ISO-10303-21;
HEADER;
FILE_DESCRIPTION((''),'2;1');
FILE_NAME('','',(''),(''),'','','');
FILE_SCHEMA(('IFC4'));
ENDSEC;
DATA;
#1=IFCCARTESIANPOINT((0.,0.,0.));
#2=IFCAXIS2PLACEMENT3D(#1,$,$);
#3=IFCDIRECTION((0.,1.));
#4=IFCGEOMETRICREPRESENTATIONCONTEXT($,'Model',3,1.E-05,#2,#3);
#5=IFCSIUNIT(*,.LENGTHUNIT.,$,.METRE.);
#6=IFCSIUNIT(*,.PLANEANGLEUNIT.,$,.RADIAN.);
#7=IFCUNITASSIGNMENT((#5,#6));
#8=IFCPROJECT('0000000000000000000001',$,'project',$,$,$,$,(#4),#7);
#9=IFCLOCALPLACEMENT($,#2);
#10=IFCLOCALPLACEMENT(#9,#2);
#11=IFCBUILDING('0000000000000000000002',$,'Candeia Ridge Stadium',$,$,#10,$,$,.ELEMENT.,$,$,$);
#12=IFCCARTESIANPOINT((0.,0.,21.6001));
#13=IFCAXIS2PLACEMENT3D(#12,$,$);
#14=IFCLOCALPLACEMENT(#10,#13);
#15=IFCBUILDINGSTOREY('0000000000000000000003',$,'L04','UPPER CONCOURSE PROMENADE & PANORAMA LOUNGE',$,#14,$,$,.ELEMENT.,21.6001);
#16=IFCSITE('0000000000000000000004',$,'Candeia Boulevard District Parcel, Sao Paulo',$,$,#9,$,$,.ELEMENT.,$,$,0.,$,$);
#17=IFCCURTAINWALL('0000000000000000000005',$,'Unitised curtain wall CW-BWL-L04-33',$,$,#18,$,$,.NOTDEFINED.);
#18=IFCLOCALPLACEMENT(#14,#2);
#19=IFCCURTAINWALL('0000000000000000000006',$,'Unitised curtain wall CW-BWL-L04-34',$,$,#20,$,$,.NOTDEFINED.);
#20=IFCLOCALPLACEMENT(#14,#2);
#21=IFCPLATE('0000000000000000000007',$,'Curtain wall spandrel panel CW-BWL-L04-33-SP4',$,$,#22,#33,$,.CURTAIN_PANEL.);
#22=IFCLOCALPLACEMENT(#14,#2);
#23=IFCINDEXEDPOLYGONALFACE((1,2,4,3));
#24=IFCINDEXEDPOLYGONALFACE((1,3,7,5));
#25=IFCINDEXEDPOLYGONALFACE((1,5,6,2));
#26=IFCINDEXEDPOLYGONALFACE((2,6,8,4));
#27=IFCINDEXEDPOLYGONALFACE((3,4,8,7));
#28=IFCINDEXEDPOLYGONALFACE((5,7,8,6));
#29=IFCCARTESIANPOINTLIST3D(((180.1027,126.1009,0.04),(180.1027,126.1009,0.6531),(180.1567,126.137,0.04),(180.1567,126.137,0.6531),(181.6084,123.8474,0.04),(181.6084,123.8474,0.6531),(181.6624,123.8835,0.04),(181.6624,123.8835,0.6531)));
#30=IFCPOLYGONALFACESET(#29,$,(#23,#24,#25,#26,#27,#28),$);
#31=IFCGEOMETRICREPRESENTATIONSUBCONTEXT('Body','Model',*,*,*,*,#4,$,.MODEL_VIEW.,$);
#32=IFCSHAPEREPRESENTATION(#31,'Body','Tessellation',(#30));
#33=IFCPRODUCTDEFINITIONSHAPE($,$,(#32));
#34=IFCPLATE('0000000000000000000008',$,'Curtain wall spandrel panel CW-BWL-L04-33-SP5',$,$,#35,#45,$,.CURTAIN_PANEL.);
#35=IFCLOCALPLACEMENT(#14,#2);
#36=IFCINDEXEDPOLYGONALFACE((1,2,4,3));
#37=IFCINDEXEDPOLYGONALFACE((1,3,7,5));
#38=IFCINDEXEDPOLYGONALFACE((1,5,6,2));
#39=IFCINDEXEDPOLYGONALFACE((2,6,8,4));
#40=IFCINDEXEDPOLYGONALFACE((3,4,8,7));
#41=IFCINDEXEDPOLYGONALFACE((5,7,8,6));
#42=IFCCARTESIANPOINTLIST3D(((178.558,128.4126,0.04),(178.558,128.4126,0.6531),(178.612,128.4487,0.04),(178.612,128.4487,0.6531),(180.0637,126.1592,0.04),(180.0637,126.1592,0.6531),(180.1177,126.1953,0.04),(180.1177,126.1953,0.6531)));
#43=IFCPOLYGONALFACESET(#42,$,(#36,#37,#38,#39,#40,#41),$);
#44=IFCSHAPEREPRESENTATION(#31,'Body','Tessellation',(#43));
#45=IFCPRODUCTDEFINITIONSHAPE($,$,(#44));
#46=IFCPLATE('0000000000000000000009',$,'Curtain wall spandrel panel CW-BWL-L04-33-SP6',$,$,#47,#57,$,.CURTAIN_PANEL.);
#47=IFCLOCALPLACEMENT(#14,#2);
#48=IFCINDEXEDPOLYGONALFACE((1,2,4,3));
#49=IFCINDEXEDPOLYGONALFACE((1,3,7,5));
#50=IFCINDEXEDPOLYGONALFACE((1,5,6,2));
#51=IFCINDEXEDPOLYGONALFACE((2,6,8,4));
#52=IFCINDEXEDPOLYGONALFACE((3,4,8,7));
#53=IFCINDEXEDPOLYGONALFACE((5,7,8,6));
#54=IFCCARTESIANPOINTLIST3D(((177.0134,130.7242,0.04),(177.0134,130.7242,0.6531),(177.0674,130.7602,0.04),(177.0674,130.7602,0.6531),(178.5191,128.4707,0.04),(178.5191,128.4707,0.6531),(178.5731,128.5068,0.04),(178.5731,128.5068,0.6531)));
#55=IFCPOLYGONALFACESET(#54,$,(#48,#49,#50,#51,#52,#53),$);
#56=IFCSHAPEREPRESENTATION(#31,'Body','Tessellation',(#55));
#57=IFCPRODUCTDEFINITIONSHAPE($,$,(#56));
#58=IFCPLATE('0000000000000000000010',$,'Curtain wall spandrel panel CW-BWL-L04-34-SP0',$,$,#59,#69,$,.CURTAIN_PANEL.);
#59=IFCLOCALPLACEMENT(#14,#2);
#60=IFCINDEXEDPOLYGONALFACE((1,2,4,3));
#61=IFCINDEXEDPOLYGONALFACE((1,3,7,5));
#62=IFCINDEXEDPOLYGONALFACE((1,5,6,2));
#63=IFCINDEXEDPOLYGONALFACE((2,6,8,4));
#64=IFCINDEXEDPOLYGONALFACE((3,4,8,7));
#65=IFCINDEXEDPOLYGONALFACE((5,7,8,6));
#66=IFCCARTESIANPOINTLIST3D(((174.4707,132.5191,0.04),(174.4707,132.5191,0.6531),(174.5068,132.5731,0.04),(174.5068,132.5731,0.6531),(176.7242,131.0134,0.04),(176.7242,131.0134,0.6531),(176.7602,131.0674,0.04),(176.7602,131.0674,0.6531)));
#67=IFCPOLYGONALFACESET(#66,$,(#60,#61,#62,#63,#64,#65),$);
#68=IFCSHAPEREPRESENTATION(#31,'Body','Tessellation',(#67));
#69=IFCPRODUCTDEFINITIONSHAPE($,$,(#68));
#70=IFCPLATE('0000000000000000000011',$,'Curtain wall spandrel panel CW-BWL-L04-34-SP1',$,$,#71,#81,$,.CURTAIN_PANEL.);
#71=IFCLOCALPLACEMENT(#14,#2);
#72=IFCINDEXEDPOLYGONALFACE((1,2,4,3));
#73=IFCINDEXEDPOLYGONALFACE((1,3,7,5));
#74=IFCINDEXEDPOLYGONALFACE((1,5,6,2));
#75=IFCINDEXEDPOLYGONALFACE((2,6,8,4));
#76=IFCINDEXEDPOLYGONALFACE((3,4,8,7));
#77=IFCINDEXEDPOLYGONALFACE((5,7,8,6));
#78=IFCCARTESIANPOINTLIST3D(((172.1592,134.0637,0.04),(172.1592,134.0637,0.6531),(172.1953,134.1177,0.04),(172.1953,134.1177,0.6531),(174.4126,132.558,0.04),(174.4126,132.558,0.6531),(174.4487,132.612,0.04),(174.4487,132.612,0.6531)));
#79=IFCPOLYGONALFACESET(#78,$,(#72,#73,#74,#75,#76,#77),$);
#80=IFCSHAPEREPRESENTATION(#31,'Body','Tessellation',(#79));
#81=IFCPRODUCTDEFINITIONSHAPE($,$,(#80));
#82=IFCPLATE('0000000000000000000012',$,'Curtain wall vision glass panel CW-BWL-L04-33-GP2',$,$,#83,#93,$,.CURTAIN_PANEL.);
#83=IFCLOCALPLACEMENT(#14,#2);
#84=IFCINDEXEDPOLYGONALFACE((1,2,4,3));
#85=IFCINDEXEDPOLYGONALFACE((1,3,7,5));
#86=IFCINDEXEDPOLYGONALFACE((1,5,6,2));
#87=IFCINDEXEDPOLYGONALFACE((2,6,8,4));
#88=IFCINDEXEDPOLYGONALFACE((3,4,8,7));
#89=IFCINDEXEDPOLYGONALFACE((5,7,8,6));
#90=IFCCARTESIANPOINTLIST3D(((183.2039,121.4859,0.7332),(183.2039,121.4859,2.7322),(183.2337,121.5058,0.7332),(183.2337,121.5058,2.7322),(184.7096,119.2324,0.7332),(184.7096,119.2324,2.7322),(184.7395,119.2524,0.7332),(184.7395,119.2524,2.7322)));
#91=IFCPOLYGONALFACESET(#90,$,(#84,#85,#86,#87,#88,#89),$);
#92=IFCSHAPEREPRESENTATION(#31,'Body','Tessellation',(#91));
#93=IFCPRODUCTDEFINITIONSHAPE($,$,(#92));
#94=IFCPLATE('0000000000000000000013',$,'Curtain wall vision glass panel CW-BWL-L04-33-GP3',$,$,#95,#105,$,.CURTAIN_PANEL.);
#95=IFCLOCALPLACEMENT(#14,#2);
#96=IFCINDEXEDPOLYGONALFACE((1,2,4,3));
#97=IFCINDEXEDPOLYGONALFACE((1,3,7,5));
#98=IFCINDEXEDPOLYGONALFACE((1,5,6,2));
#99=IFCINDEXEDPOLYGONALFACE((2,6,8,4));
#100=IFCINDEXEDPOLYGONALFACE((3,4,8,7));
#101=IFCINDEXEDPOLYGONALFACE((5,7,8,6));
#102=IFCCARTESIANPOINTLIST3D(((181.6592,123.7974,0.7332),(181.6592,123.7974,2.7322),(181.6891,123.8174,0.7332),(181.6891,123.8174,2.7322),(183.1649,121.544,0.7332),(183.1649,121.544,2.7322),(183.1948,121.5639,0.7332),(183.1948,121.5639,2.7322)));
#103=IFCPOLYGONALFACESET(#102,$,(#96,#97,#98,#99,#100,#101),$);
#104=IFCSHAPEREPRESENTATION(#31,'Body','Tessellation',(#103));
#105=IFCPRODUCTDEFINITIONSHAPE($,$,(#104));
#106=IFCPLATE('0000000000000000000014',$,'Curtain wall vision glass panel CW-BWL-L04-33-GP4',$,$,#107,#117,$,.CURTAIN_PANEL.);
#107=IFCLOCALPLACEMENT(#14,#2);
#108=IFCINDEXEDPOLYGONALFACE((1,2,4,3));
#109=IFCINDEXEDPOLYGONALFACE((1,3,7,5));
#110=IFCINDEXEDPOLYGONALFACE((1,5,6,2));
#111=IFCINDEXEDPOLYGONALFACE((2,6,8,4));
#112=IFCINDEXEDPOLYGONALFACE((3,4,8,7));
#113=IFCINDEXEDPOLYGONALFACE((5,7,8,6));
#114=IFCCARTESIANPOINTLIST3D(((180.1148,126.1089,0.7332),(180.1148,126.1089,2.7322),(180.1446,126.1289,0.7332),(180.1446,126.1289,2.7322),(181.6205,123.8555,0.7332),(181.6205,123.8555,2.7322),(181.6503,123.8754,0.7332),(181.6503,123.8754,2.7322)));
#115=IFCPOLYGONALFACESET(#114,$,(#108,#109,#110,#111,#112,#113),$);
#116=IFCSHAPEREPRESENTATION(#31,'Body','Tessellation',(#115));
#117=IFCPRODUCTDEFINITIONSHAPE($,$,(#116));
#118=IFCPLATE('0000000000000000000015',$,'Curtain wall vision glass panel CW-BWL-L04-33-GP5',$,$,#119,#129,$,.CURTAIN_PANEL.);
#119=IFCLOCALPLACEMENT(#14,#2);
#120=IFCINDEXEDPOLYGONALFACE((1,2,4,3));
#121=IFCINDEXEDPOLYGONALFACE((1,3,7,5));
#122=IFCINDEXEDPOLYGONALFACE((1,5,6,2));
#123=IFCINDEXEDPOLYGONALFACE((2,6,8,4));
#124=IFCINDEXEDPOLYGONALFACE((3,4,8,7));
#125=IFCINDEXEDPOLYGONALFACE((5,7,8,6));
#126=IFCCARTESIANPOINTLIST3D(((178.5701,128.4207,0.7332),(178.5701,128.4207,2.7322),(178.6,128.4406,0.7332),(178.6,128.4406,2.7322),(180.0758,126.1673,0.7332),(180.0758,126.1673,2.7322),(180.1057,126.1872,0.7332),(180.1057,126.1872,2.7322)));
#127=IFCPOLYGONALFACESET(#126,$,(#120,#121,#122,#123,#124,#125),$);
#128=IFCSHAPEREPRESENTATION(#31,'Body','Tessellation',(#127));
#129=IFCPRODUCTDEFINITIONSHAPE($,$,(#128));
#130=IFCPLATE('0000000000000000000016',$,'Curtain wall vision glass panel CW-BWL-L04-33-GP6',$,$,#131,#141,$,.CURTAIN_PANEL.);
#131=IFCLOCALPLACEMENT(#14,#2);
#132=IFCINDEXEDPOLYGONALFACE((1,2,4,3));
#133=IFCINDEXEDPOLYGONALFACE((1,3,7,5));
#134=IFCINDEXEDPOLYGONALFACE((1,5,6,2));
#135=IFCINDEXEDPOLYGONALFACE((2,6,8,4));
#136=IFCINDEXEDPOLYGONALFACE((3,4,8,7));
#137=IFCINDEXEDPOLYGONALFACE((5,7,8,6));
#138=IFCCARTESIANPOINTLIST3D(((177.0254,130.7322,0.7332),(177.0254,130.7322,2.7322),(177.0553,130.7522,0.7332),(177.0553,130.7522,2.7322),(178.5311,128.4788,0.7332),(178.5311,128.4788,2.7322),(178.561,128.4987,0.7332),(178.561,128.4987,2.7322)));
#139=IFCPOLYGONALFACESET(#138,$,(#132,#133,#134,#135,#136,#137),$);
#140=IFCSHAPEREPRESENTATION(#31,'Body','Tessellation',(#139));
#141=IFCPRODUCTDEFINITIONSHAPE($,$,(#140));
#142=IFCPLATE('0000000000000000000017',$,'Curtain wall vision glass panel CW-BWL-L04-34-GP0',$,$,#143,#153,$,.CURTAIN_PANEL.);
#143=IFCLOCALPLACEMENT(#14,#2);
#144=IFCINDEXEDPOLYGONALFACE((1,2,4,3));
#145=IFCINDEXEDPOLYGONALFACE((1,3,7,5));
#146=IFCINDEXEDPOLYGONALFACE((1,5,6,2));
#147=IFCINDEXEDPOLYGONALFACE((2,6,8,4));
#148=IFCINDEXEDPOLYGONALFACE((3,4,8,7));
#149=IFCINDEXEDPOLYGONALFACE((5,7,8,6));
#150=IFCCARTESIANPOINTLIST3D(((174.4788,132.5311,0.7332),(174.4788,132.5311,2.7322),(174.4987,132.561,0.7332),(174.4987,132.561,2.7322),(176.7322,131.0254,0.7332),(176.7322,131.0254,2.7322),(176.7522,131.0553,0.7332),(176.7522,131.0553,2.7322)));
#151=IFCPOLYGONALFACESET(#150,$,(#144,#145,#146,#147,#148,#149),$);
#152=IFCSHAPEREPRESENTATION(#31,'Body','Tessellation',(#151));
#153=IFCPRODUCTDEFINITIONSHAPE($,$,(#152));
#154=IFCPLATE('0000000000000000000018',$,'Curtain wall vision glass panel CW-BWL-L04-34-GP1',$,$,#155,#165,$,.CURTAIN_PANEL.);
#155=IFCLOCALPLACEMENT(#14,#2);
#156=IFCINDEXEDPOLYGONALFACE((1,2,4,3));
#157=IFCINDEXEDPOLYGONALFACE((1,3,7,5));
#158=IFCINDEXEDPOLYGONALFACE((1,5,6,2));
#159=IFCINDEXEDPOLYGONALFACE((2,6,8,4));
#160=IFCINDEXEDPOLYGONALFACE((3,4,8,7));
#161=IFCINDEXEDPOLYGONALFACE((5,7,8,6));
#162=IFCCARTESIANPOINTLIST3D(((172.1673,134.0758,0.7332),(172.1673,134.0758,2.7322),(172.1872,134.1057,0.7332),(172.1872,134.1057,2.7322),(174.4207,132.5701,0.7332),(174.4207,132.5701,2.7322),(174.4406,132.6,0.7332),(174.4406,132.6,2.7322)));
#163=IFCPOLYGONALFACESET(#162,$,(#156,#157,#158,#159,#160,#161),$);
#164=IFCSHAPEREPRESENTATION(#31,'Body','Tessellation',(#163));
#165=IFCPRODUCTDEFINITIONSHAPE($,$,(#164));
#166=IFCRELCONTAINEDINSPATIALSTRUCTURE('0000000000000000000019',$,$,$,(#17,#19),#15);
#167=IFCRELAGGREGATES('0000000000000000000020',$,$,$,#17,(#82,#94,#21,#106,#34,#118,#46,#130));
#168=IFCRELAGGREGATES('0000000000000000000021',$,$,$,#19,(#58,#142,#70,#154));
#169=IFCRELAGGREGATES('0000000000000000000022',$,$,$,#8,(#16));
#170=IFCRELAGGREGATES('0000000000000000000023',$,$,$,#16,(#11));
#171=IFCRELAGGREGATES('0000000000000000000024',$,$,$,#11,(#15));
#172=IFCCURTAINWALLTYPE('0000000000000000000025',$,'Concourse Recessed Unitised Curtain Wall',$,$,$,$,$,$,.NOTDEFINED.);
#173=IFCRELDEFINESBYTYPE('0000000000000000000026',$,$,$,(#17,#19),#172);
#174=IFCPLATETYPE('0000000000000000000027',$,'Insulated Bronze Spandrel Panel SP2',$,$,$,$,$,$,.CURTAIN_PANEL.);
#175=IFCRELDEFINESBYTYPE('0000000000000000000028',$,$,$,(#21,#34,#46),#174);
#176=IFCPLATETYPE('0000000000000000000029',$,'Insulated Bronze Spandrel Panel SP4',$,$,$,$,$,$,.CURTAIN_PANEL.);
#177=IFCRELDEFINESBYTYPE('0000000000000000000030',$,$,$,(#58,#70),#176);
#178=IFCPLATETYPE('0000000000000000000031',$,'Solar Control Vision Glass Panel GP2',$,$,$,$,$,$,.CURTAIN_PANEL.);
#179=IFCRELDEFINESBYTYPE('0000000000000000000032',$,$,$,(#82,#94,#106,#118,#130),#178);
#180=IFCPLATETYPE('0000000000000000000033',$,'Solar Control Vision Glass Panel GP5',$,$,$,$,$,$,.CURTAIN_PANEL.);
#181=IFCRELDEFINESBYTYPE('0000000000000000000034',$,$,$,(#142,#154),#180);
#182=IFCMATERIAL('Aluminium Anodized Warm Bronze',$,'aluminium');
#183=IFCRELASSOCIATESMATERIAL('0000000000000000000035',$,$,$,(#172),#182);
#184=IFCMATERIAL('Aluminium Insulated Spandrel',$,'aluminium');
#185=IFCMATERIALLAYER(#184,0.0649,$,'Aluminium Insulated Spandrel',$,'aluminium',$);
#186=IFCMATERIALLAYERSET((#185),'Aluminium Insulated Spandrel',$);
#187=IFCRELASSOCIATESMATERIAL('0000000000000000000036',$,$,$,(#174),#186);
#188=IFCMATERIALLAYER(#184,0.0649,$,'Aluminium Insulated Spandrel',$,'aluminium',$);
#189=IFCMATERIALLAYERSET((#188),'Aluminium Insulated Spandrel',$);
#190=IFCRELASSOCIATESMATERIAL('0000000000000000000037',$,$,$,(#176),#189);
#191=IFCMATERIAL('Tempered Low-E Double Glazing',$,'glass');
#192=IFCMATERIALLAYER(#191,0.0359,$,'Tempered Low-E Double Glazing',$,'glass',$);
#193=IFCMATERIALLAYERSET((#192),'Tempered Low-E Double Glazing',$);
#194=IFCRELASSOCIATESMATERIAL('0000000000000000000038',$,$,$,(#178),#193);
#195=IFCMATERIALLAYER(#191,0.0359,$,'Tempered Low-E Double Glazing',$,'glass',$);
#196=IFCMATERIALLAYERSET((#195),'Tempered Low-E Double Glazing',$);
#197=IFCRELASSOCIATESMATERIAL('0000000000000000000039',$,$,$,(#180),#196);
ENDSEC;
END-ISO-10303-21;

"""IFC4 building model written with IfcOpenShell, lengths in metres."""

from ifc_helpers import new_model, si_unit, direction, frame, origin, origin_2d, place, context, subcontext, project, spatial, rectangle, extrude, material, layer, layer_set, type_object, element, aggregate, save


model = new_model("IFC4")

# Units and contexts
model_context = context("Model", 3, precision=1e-05, world=origin(), true_north=direction((0.0, 1.0)))
body_context = subcontext(model_context, "Body", "Model", "MODEL_VIEW")
ifc_project = project(units=[si_unit("LENGTHUNIT", "METRE"), si_unit("PLANEANGLEUNIT", "RADIAN")], contexts=[model_context])

# Site, building, storey
site_placement = place(None, origin())
site = spatial("IfcSite", under=ifc_project, at=site_placement, Name="Candeia Boulevard District Parcel, Sao Paulo", CompositionType="ELEMENT", RefElevation=0.0)
building_placement = place(site_placement, origin())
building = spatial("IfcBuilding", under=site, at=building_placement, Name="Candeia Ridge Stadium", CompositionType="ELEMENT")
storey_placement = place(building_placement, frame((0.0, 0.0, 21.6001)))
storey = spatial("IfcBuildingStorey", under=building, at=storey_placement, Name="L04", Description="UPPER CONCOURSE PROMENADE & PANORAMA LOUNGE", CompositionType="ELEMENT", Elevation=21.6001)

# Curtain walls
ifc_material_1 = material(Name="Aluminium Anodized Warm Bronze", Category="aluminium")
curtain_wall_type = type_object("IfcCurtainWallType", Name="Concourse Recessed Unitised Curtain Wall", PredefinedType="NOTDEFINED", material=ifc_material_1)
curtain_wall_1_placement = place(storey_placement, origin())
curtain_wall_1 = element("IfcCurtainWall", 1, at=curtain_wall_1_placement, inside=storey, type_object=curtain_wall_type, Name="Unitised curtain wall CW-BWL-L04-33", PredefinedType="NOTDEFINED")
curtain_wall_2_placement = place(storey_placement, origin())
curtain_wall_2 = element("IfcCurtainWall", 2, at=curtain_wall_2_placement, inside=storey, type_object=curtain_wall_type, Name="Unitised curtain wall CW-BWL-L04-34", PredefinedType="NOTDEFINED")

# Plates
ifc_material_2 = material(Name="Aluminium Insulated Spandrel", Category="aluminium")
ifc_layer_1 = layer(ifc_material_2, 0.0649, Name="Aluminium Insulated Spandrel", Category="aluminium")
ifc_layer_set_1 = layer_set([ifc_layer_1], Name="Aluminium Insulated Spandrel")
plate_type_1 = type_object("IfcPlateType", Name="Insulated Bronze Spandrel Panel SP2", PredefinedType="CURTAIN_PANEL", material=ifc_layer_set_1)
plate_1_placement = place(storey_placement, frame((180.8826, 124.9922, 0.04), z_axis=(0.0, 0.0, 1.0), x_axis=(-0.555571, 0.831469, 0.0)))
plate_1 = element("IfcPlate", 3, at=plate_1_placement, type_object=plate_type_1, Name="Curtain wall spandrel panel CW-BWL-L04-33-SP4", PredefinedType="CURTAIN_PANEL", context=body_context, shape_type="SweptSolid", body=[
    extrude(rectangle(XDim=2.7102, YDim=0.0649, at=origin_2d()), origin(), (0.0, 0.0, 1.0), 0.613),
])
plate_2_placement = place(storey_placement, frame((179.3379, 127.304, 0.04), z_axis=(0.0, 0.0, 1.0), x_axis=(-0.555571, 0.831469, 0.0)))
plate_2 = element("IfcPlate", 4, at=plate_2_placement, type_object=plate_type_1, Name="Curtain wall spandrel panel CW-BWL-L04-33-SP5", PredefinedType="CURTAIN_PANEL", context=body_context, shape_type="SweptSolid", body=[
    extrude(rectangle(XDim=2.7102, YDim=0.0649, at=origin_2d()), origin(), (0.0, 0.0, 1.0), 0.613),
])
plate_3_placement = place(storey_placement, frame((177.7932, 129.6155, 0.04), z_axis=(0.0, 0.0, 1.0), x_axis=(-0.555571, 0.831469, 0.0)))
plate_3 = element("IfcPlate", 5, at=plate_3_placement, type_object=plate_type_1, Name="Curtain wall spandrel panel CW-BWL-L04-33-SP6", PredefinedType="CURTAIN_PANEL", context=body_context, shape_type="SweptSolid", body=[
    extrude(rectangle(XDim=2.7102, YDim=0.0649, at=origin_2d()), origin(), (0.0, 0.0, 1.0), 0.613),
])
ifc_layer_2 = layer(ifc_material_2, 0.0649, Name="Aluminium Insulated Spandrel", Category="aluminium")
ifc_layer_set_2 = layer_set([ifc_layer_2], Name="Aluminium Insulated Spandrel")
plate_type_2 = type_object("IfcPlateType", Name="Insulated Bronze Spandrel Panel SP4", PredefinedType="CURTAIN_PANEL", material=ifc_layer_set_2)
plate_4_placement = place(storey_placement, frame((175.6155, 131.7932, 0.04), z_axis=(0.0, 0.0, 1.0), x_axis=(-0.831469, 0.555571, 0.0)))
plate_4 = element("IfcPlate", 6, at=plate_4_placement, type_object=plate_type_2, Name="Curtain wall spandrel panel CW-BWL-L04-34-SP0", PredefinedType="CURTAIN_PANEL", context=body_context, shape_type="SweptSolid", body=[
    extrude(rectangle(XDim=2.7102, YDim=0.0649, at=origin_2d()), origin(), (0.0, 0.0, 1.0), 0.613),
])
plate_5_placement = place(storey_placement, frame((173.304, 133.3379, 0.04), z_axis=(0.0, 0.0, 1.0), x_axis=(-0.831469, 0.555571, 0.0)))
plate_5 = element("IfcPlate", 7, at=plate_5_placement, type_object=plate_type_2, Name="Curtain wall spandrel panel CW-BWL-L04-34-SP1", PredefinedType="CURTAIN_PANEL", context=body_context, shape_type="SweptSolid", body=[
    extrude(rectangle(XDim=2.7102, YDim=0.0649, at=origin_2d()), origin(), (0.0, 0.0, 1.0), 0.613),
])
ifc_material_3 = material(Name="Tempered Low-E Double Glazing", Category="glass")
ifc_layer_3 = layer(ifc_material_3, 0.0359, Name="Tempered Low-E Double Glazing", Category="glass")
ifc_layer_set_3 = layer_set([ifc_layer_3], Name="Tempered Low-E Double Glazing")
plate_type_3 = type_object("IfcPlateType", Name="Solar Control Vision Glass Panel GP2", PredefinedType="CURTAIN_PANEL", material=ifc_layer_set_3)
plate_6_placement = place(storey_placement, frame((183.9717, 120.3691, 0.7332), z_axis=(0.0, 0.0, 1.0), x_axis=(-0.555571, 0.831469, 0.0)))
plate_6 = element("IfcPlate", 8, at=plate_6_placement, type_object=plate_type_3, Name="Curtain wall vision glass panel CW-BWL-L04-33-GP2", PredefinedType="CURTAIN_PANEL", context=body_context, shape_type="SweptSolid", body=[
    extrude(rectangle(XDim=2.7102, YDim=0.0359, at=origin_2d()), origin(), (0.0, 0.0, 1.0), 1.999),
])
plate_7_placement = place(storey_placement, frame((182.427, 122.6807, 0.7332), z_axis=(0.0, 0.0, 1.0), x_axis=(-0.555571, 0.831469, 0.0)))
plate_7 = element("IfcPlate", 9, at=plate_7_placement, type_object=plate_type_3, Name="Curtain wall vision glass panel CW-BWL-L04-33-GP3", PredefinedType="CURTAIN_PANEL", context=body_context, shape_type="SweptSolid", body=[
    extrude(rectangle(XDim=2.7102, YDim=0.0359, at=origin_2d()), origin(), (0.0, 0.0, 1.0), 1.999),
])
plate_8_placement = place(storey_placement, frame((180.8826, 124.9922, 0.7332), z_axis=(0.0, 0.0, 1.0), x_axis=(-0.555571, 0.831469, 0.0)))
plate_8 = element("IfcPlate", 10, at=plate_8_placement, type_object=plate_type_3, Name="Curtain wall vision glass panel CW-BWL-L04-33-GP4", PredefinedType="CURTAIN_PANEL", context=body_context, shape_type="SweptSolid", body=[
    extrude(rectangle(XDim=2.7102, YDim=0.0359, at=origin_2d()), origin(), (0.0, 0.0, 1.0), 1.999),
])
plate_9_placement = place(storey_placement, frame((179.3379, 127.304, 0.7332), z_axis=(0.0, 0.0, 1.0), x_axis=(-0.555571, 0.831469, 0.0)))
plate_9 = element("IfcPlate", 11, at=plate_9_placement, type_object=plate_type_3, Name="Curtain wall vision glass panel CW-BWL-L04-33-GP5", PredefinedType="CURTAIN_PANEL", context=body_context, shape_type="SweptSolid", body=[
    extrude(rectangle(XDim=2.7102, YDim=0.0359, at=origin_2d()), origin(), (0.0, 0.0, 1.0), 1.999),
])
plate_10_placement = place(storey_placement, frame((177.7932, 129.6155, 0.7332), z_axis=(0.0, 0.0, 1.0), x_axis=(-0.555571, 0.831469, 0.0)))
plate_10 = element("IfcPlate", 12, at=plate_10_placement, type_object=plate_type_3, Name="Curtain wall vision glass panel CW-BWL-L04-33-GP6", PredefinedType="CURTAIN_PANEL", context=body_context, shape_type="SweptSolid", body=[
    extrude(rectangle(XDim=2.7102, YDim=0.0359, at=origin_2d()), origin(), (0.0, 0.0, 1.0), 1.999),
])
aggregate(curtain_wall_1, [plate_6, plate_7, plate_1, plate_8, plate_2, plate_9, plate_3, plate_10])
ifc_layer_4 = layer(ifc_material_3, 0.0359, Name="Tempered Low-E Double Glazing", Category="glass")
ifc_layer_set_4 = layer_set([ifc_layer_4], Name="Tempered Low-E Double Glazing")
plate_type_4 = type_object("IfcPlateType", Name="Solar Control Vision Glass Panel GP5", PredefinedType="CURTAIN_PANEL", material=ifc_layer_set_4)
plate_11_placement = place(storey_placement, frame((175.6155, 131.7932, 0.7332), z_axis=(0.0, 0.0, 1.0), x_axis=(-0.831469, 0.555571, 0.0)))
plate_11 = element("IfcPlate", 13, at=plate_11_placement, type_object=plate_type_4, Name="Curtain wall vision glass panel CW-BWL-L04-34-GP0", PredefinedType="CURTAIN_PANEL", context=body_context, shape_type="SweptSolid", body=[
    extrude(rectangle(XDim=2.7102, YDim=0.0359, at=origin_2d()), origin(), (0.0, 0.0, 1.0), 1.999),
])
plate_12_placement = place(storey_placement, frame((173.304, 133.3379, 0.7332), z_axis=(0.0, 0.0, 1.0), x_axis=(-0.831469, 0.555571, 0.0)))
plate_12 = element("IfcPlate", 14, at=plate_12_placement, type_object=plate_type_4, Name="Curtain wall vision glass panel CW-BWL-L04-34-GP1", PredefinedType="CURTAIN_PANEL", context=body_context, shape_type="SweptSolid", body=[
    extrude(rectangle(XDim=2.7102, YDim=0.0359, at=origin_2d()), origin(), (0.0, 0.0, 1.0), 1.999),
])
aggregate(curtain_wall_2, [plate_4, plate_11, plate_5, plate_12])

save(model, "model.ifc")
